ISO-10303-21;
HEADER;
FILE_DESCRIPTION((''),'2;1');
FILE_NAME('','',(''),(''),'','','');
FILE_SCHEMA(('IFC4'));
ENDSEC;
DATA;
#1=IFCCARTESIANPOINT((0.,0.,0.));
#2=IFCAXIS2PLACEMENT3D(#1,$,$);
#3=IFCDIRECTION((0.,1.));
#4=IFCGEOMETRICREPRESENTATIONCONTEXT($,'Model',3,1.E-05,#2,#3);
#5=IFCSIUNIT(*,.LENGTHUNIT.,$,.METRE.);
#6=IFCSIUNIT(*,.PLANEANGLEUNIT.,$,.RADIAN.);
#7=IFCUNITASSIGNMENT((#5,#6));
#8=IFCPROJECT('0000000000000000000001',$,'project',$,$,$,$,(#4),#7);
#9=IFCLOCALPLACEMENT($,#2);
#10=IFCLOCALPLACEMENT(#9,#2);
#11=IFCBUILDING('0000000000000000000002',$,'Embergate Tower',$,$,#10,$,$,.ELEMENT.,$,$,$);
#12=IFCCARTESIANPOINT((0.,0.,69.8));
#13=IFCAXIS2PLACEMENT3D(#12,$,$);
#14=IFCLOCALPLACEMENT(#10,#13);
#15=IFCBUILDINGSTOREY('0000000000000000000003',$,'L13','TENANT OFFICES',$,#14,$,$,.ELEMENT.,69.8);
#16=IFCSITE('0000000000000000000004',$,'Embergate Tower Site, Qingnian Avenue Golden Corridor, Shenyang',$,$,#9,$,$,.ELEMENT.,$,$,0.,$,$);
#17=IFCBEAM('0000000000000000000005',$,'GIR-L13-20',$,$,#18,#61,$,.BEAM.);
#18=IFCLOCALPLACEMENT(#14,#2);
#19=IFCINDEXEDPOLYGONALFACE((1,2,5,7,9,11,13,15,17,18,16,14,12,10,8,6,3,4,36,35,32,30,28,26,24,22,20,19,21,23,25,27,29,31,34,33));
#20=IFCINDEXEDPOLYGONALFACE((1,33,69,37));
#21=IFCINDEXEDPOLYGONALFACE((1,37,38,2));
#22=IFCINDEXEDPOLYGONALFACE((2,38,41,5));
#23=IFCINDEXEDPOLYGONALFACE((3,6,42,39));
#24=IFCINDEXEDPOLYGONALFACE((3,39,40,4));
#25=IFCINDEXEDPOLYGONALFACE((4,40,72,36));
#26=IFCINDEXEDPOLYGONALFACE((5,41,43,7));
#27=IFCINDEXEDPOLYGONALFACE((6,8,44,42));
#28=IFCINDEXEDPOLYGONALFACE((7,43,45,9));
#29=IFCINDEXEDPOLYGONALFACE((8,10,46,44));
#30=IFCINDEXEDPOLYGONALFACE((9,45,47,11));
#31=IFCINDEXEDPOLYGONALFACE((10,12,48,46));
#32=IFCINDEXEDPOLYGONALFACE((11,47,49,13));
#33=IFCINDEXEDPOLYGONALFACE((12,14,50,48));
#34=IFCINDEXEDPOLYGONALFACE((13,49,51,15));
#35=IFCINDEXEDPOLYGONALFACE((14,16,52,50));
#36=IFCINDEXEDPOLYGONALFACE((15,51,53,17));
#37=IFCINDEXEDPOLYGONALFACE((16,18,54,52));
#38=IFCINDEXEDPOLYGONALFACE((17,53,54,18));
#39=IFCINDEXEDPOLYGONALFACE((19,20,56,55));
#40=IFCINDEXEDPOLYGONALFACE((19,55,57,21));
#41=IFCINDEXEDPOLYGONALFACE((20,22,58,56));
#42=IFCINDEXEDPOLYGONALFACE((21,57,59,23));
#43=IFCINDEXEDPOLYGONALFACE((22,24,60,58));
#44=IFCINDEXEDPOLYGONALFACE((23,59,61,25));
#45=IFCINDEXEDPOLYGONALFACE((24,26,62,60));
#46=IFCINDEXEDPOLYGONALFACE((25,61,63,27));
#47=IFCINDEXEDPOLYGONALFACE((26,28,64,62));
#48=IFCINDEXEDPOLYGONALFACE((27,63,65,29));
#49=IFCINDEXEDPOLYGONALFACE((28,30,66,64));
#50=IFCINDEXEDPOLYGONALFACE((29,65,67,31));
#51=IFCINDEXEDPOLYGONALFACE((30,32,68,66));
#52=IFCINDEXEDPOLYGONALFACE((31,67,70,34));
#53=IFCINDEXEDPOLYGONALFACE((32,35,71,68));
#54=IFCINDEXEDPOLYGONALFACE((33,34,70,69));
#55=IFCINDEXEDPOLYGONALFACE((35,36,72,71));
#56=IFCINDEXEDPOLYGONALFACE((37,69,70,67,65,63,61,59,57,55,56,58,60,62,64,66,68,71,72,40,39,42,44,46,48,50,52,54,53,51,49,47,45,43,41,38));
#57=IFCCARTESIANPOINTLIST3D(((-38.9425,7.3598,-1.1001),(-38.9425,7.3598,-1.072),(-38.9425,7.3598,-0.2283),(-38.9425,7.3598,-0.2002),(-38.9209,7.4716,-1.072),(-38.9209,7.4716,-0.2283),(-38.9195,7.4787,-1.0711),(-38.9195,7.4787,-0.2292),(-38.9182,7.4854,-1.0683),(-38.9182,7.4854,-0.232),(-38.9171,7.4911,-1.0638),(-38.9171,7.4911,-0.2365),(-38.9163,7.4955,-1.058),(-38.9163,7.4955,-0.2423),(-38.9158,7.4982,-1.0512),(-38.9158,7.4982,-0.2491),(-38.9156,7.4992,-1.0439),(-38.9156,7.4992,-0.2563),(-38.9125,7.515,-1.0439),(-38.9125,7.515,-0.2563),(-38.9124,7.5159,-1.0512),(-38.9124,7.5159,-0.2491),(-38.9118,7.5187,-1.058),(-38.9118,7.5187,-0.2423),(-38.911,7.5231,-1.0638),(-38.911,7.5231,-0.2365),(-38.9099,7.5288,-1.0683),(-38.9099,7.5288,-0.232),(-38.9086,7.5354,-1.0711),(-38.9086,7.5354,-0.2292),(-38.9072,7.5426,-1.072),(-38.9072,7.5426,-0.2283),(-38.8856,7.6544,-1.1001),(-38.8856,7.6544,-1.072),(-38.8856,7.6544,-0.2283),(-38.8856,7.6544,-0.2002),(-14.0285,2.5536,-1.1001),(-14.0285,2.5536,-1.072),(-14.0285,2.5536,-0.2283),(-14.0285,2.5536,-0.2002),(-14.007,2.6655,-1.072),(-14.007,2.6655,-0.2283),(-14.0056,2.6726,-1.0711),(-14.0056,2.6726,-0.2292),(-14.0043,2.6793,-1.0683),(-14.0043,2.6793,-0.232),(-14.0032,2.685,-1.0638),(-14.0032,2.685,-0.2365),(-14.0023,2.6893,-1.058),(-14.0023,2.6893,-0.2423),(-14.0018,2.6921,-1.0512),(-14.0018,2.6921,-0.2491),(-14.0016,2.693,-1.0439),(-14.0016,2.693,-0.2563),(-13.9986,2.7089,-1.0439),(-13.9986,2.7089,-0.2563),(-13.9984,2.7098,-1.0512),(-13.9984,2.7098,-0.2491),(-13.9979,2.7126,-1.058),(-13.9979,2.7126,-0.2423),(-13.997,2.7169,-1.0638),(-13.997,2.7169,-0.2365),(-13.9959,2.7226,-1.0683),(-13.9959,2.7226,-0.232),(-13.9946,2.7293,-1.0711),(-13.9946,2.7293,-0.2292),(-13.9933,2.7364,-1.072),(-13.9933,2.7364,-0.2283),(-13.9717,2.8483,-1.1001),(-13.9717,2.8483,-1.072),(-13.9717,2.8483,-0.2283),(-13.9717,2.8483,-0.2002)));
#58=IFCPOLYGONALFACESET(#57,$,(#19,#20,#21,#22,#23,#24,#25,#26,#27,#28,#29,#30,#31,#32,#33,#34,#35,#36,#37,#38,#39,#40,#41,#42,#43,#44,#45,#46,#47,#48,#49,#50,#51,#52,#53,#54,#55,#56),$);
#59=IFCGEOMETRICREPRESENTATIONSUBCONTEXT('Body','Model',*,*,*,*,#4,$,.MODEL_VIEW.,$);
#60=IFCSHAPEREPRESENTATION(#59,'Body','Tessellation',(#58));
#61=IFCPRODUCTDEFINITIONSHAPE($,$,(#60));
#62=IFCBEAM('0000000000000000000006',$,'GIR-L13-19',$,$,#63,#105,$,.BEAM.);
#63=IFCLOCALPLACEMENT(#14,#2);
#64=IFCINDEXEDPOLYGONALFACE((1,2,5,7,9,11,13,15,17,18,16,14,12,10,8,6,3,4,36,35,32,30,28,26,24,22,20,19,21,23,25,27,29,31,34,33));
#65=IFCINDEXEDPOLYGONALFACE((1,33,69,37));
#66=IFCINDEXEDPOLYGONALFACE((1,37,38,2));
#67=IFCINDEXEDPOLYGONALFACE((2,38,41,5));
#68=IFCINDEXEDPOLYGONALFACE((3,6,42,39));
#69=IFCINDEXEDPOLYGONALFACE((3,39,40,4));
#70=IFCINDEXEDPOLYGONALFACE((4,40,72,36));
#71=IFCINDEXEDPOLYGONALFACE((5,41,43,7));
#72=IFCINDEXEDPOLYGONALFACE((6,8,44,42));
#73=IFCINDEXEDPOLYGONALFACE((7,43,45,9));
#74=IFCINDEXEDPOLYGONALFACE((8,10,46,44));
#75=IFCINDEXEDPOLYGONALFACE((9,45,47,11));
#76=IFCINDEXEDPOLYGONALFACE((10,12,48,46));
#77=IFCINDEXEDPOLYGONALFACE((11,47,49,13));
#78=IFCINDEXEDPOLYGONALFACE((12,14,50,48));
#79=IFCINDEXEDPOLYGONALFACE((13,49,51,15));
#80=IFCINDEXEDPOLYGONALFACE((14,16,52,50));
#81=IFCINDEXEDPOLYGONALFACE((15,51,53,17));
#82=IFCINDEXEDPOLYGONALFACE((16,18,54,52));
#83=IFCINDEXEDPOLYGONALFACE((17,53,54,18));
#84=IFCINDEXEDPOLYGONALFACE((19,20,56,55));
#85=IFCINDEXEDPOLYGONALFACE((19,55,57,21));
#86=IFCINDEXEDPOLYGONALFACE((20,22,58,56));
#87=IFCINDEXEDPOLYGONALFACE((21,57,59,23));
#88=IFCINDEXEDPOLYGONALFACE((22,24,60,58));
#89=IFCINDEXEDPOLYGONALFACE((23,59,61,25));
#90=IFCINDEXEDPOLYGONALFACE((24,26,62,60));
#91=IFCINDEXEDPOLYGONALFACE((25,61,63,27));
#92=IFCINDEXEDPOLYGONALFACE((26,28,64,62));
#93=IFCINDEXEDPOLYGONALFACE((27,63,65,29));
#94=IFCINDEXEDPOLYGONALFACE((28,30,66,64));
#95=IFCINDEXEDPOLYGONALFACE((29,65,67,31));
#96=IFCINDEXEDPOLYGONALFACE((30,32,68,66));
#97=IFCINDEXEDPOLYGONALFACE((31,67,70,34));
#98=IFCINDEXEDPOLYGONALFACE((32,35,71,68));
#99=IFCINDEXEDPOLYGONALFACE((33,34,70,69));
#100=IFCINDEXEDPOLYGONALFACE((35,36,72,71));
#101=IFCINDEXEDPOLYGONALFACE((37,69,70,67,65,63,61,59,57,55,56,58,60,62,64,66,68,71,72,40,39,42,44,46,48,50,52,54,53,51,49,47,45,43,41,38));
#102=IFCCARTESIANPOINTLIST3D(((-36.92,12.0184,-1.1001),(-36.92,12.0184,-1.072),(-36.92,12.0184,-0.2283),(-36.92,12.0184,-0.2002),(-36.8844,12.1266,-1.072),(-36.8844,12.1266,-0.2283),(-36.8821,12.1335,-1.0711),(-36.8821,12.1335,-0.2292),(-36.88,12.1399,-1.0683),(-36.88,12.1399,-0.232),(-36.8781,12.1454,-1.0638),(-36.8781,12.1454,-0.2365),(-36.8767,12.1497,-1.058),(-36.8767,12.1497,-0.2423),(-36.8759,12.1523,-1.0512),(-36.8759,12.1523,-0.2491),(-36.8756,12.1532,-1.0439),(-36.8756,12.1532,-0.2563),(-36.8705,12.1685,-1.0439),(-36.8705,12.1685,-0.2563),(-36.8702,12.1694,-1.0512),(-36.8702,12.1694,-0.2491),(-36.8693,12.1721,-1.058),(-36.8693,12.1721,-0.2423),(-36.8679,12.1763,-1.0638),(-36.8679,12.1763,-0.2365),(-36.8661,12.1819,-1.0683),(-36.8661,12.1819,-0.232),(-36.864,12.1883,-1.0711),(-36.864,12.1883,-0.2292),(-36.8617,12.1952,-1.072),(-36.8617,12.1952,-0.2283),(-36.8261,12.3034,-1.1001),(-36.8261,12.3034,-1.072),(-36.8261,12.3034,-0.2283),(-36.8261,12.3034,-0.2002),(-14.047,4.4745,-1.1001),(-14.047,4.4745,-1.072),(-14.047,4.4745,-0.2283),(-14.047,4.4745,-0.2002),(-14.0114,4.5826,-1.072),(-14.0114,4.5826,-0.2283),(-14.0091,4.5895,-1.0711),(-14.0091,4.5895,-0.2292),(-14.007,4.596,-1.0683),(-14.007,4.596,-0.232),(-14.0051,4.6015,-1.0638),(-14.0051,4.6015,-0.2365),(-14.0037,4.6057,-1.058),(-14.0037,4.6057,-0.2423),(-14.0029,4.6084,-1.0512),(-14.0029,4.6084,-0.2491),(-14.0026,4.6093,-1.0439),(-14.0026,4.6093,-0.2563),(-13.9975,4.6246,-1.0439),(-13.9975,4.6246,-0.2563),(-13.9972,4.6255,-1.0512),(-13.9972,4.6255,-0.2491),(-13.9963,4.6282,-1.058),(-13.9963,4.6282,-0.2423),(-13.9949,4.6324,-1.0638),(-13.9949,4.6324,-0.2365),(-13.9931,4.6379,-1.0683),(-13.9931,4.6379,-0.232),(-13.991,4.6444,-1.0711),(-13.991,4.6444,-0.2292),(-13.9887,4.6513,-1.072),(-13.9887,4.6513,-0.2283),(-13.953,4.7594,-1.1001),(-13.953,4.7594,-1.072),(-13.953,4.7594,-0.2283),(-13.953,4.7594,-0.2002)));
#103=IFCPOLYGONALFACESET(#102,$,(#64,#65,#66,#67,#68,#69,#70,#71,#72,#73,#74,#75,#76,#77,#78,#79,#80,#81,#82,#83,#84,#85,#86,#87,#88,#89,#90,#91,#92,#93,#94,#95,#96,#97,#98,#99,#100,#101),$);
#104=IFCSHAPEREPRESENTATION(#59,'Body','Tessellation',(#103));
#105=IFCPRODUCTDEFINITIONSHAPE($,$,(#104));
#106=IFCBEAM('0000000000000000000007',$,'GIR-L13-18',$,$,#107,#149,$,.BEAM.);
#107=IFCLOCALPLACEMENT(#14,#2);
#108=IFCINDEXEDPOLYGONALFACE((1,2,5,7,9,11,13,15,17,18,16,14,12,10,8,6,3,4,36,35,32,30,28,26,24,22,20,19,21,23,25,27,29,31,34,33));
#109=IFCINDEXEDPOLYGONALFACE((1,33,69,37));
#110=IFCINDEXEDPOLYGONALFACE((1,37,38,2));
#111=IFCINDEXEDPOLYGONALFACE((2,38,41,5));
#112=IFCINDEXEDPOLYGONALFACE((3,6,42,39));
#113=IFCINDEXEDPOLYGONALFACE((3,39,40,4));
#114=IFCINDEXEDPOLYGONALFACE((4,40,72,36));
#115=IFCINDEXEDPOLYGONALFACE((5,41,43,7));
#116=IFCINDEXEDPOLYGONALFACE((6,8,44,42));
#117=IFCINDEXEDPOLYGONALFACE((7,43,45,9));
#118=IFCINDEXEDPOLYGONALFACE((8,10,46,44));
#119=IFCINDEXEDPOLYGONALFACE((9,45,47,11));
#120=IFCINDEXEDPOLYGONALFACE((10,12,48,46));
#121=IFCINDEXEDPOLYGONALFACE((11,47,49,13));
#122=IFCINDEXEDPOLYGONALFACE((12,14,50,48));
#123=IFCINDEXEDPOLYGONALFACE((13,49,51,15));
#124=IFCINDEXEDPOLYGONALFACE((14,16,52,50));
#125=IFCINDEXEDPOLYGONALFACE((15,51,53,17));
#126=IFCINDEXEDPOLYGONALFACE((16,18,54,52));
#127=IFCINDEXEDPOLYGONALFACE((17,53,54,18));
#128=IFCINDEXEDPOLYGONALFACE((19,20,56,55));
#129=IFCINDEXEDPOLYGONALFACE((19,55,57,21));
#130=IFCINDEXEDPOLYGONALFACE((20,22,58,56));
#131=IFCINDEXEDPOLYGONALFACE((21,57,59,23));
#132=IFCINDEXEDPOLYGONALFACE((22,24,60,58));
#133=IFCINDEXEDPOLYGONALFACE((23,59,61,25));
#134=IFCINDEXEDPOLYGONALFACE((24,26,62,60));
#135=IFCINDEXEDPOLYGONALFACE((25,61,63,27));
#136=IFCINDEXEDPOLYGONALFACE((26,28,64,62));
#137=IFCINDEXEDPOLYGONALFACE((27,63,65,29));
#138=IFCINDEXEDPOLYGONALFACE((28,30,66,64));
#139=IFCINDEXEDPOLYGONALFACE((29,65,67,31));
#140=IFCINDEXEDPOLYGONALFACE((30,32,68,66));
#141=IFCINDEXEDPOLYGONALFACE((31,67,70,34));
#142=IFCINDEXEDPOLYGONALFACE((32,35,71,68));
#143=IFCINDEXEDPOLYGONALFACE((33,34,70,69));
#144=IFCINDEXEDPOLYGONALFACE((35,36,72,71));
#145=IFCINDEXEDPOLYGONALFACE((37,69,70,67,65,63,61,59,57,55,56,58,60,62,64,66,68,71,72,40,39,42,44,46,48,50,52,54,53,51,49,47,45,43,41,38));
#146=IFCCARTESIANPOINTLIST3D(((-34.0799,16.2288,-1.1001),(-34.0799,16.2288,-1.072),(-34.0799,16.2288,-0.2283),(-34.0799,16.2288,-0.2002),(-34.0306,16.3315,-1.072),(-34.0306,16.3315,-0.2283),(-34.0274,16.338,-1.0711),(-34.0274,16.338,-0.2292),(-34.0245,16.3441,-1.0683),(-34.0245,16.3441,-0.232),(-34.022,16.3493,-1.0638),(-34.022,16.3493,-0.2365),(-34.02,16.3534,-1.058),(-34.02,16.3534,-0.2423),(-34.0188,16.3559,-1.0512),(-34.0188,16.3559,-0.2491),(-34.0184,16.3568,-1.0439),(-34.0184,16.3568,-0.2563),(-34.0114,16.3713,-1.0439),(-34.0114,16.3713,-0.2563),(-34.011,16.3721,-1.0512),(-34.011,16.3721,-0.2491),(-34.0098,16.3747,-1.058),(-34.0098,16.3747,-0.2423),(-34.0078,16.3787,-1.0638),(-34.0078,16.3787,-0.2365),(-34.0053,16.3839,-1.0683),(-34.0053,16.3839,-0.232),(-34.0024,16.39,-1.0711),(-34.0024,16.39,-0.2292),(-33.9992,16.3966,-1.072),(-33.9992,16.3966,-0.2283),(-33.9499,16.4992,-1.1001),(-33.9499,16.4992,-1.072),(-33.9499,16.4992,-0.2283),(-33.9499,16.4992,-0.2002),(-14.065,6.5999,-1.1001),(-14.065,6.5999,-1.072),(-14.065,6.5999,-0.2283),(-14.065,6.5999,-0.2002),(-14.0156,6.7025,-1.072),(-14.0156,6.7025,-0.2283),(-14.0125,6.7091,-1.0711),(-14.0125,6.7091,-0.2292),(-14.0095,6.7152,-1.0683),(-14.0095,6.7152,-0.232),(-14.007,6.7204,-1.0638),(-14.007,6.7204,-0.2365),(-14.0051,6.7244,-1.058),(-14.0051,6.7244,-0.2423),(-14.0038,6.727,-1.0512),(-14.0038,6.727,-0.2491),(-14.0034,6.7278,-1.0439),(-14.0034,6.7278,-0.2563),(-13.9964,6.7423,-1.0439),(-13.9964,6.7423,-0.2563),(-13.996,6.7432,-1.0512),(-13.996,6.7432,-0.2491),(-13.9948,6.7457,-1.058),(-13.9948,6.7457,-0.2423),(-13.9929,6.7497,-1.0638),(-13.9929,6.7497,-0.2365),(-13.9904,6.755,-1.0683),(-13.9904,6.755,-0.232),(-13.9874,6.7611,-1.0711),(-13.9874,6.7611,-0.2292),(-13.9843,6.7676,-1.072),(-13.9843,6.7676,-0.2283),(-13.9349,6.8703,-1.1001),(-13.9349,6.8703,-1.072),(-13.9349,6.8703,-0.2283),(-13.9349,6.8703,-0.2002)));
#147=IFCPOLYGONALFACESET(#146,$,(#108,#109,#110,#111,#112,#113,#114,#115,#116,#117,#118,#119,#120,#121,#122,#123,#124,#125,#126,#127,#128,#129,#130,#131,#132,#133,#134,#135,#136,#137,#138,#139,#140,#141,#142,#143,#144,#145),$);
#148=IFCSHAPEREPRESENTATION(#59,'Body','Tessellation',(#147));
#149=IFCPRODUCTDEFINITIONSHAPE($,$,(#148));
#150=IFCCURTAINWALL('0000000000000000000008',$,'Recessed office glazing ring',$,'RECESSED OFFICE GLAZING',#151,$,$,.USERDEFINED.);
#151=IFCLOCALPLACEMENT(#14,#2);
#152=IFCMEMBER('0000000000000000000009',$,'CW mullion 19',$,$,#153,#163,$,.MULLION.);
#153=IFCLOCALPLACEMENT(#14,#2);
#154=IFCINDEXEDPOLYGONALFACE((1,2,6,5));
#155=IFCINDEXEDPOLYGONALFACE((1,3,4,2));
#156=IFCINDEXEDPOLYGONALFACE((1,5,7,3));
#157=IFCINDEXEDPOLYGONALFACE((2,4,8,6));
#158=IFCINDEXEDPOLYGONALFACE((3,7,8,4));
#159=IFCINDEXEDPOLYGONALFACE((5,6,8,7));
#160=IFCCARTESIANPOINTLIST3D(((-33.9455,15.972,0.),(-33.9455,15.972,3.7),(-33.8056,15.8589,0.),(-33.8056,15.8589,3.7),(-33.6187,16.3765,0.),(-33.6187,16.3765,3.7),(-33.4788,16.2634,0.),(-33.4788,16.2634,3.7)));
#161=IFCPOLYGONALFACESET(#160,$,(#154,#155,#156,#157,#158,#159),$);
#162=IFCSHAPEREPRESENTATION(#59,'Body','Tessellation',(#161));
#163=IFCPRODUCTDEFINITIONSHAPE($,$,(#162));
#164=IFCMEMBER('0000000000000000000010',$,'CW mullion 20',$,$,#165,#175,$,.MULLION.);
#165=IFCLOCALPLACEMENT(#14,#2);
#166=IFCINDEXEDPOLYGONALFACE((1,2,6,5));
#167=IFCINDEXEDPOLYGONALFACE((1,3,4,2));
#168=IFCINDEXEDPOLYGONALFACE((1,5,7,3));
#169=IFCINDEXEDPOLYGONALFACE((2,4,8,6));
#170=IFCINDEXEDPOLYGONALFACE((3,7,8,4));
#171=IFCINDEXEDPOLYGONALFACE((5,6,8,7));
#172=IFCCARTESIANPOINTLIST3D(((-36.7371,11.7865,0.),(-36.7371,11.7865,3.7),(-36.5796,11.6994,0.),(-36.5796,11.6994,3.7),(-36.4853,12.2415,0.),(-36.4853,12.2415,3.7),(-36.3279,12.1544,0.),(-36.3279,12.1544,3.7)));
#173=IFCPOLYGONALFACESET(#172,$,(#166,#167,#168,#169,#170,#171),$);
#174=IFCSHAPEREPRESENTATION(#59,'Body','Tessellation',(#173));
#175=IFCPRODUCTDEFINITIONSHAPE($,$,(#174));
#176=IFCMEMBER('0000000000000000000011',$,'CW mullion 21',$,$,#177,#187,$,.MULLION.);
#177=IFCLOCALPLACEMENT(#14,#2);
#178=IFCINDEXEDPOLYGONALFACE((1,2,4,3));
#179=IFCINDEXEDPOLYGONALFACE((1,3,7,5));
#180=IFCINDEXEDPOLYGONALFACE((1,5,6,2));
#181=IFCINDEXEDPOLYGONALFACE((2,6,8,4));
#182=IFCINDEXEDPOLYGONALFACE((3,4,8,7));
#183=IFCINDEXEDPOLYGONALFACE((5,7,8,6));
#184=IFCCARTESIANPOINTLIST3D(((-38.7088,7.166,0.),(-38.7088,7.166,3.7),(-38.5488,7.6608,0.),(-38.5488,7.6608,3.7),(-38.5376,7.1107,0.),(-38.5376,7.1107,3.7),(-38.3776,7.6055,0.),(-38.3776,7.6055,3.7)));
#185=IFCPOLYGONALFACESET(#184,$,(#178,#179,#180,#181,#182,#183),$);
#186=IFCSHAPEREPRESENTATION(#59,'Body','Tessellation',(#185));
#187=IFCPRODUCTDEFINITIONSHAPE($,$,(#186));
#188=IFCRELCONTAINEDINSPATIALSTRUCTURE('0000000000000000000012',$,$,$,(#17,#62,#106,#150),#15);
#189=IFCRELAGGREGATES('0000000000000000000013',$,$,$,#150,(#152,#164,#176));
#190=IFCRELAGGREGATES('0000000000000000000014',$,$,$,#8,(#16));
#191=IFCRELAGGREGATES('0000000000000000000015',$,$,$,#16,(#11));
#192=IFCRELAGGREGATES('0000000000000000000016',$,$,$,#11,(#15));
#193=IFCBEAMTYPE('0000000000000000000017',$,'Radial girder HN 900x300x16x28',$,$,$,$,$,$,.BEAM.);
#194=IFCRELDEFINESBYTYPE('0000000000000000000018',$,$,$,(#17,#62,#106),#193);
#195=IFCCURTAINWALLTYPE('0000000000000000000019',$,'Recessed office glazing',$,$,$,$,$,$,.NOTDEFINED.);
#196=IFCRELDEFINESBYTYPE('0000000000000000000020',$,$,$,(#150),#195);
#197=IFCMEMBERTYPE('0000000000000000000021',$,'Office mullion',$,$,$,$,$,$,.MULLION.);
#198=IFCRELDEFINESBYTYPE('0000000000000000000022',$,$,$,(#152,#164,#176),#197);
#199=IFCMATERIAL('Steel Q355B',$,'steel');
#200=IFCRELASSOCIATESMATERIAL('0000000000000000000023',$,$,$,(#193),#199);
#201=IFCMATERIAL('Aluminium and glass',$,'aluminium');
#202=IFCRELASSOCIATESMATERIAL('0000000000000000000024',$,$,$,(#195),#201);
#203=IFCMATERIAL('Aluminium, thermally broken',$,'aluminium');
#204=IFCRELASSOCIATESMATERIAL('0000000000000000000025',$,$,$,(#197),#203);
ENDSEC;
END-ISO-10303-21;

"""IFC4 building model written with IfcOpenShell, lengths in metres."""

from ifc_helpers import new_model, si_unit, direction, frame, origin, origin_2d, place, context, subcontext, project, spatial, rectangle, i_section, extrude, source, transform, mapped, material, material_profile, profile_set, type_object, element, aggregate, save


model = new_model("IFC4")

# Units and contexts
model_context = context("Model", 3, precision=1e-05, world=origin(), true_north=direction((0.0, 1.0)))
body_context = subcontext(model_context, "Body", "Model", "MODEL_VIEW")
ifc_project = project(units=[si_unit("LENGTHUNIT", "METRE"), si_unit("PLANEANGLEUNIT", "RADIAN")], contexts=[model_context])

# Site, building, storey
site_placement = place(None, origin())
site = spatial("IfcSite", under=ifc_project, at=site_placement, Name="Embergate Tower Site, Qingnian Avenue Golden Corridor, Shenyang", CompositionType="ELEMENT", RefElevation=0.0)
building_placement = place(site_placement, origin())
building = spatial("IfcBuilding", under=site, at=building_placement, Name="Embergate Tower", CompositionType="ELEMENT")
storey_placement = place(building_placement, frame((0.0, 0.0, 69.8)))
storey = spatial("IfcBuildingStorey", under=building, at=storey_placement, Name="L13", Description="TENANT OFFICES", CompositionType="ELEMENT", Elevation=69.8)

# Beams
ifc_material_1 = material(Name="Steel Q355B", Category="steel")
ifc_material_profile_1 = material_profile(ifc_material_1, i_section(OverallWidth=0.3, OverallDepth=0.8999, WebThickness=0.0161, FlangeThickness=0.0281, FilletRadius=0.0281, at=origin_2d()), Name="HN 900x300x16x28")
ifc_profile_set_1 = profile_set([ifc_material_profile_1], Name="Steel Q355 grade B")
beam_type_1 = type_object("IfcBeamType", Name="Radial girder HN 900x300x16x28", PredefinedType="BEAM", material=ifc_profile_set_1)
shared_shape_1 = source(origin(), body_context, "Body", "SweptSolid", [
    extrude(i_section(OverallWidth=0.3, OverallDepth=0.8999, WebThickness=0.0161, FlangeThickness=0.0281, FilletRadius=0.0281, at=origin_2d()), origin(), (0.0, 0.0, 1.0), 25.3733),
])
beam_1_placement = place(storey_placement, frame((-38.9141, 7.5071, -0.6501), z_axis=(0.981897, -0.189417, 0.0), x_axis=(0.189417, 0.981897, 0.0)))
element("IfcBeam", 1, at=beam_1_placement, inside=storey, type_object=beam_type_1, Name="GIR-L13-20", PredefinedType="BEAM", context=body_context, shape_type="MappedRepresentation", body=[
    mapped(shared_shape_1, transform((0.0, 0.0, 0.0))),
])
shared_shape_2 = source(origin(), body_context, "Body", "SweptSolid", [
    extrude(i_section(OverallWidth=0.3, OverallDepth=0.8999, WebThickness=0.0161, FlangeThickness=0.0281, FilletRadius=0.0281, at=origin_2d()), origin(), (0.0, 0.0, 1.0), 24.085),
])
beam_2_placement = place(storey_placement, frame((-36.873, 12.1609, -0.6501), z_axis=(0.94968, -0.313222, 0.0), x_axis=(0.313222, 0.94968, 0.0)))
element("IfcBeam", 2, at=beam_2_placement, inside=storey, type_object=beam_type_1, Name="GIR-L13-19", PredefinedType="BEAM", context=body_context, shape_type="MappedRepresentation", body=[
    mapped(shared_shape_2, transform((0.0, 0.0, 0.0))),
])
shared_shape_3 = source(origin(), body_context, "Body", "SweptSolid", [
    extrude(i_section(OverallWidth=0.3, OverallDepth=0.8999, WebThickness=0.0161, FlangeThickness=0.0281, FilletRadius=0.0281, at=origin_2d()), origin(), (0.0, 0.0, 1.0), 22.2107),
])
beam_3_placement = place(storey_placement, frame((-34.0149, 16.364, -0.6501), z_axis=(0.901141, -0.433527, 0.0), x_axis=(0.433527, 0.901141, 0.0)))
element("IfcBeam", 3, at=beam_3_placement, inside=storey, type_object=beam_type_1, Name="GIR-L13-18", PredefinedType="BEAM", context=body_context, shape_type="MappedRepresentation", body=[
    mapped(shared_shape_3, transform((0.0, 0.0, 0.0))),
])

# Curtain wall, members
ifc_material_2 = material(Name="Aluminium and glass", Category="aluminium")
curtain_wall_type = type_object("IfcCurtainWallType", Name="Recessed office glazing", PredefinedType="NOTDEFINED", material=ifc_material_2)
curtain_wall_placement = place(storey_placement, origin())
curtain_wall = element("IfcCurtainWall", 4, at=curtain_wall_placement, inside=storey, type_object=curtain_wall_type, Name="Recessed office glazing ring", ObjectType="RECESSED OFFICE GLAZING", PredefinedType="USERDEFINED")
ifc_material_3 = material(Name="Aluminium, thermally broken", Category="aluminium")
ifc_material_profile_2 = material_profile(ifc_material_3, rectangle(XDim=0.1799, YDim=0.52, at=origin_2d()), Name="AL 520x180")
ifc_profile_set_2 = profile_set([ifc_material_profile_2], Name="Aluminium, thermally broken")
member_type_1 = type_object("IfcMemberType", Name="Office mullion", PredefinedType="MULLION", material=ifc_profile_set_2)
shared_shape_4 = source(origin(), body_context, "Body", "SweptSolid", [
    extrude(rectangle(XDim=0.1799, YDim=0.52, at=origin_2d()), origin(), (0.0, 0.0, 1.0), 3.7),
])
member_1_placement = place(storey_placement, frame((-33.7122, 16.1177, 0.0), z_axis=(0.0, 0.0, 1.0), x_axis=(0.77788, -0.628413, 0.0)))
member_1 = element("IfcMember", 5, at=member_1_placement, type_object=member_type_1, Name="CW mullion 19", PredefinedType="MULLION", context=body_context, shape_type="MappedRepresentation", body=[
    mapped(shared_shape_4, transform((0.0, 0.0, 0.0))),
])
member_2_placement = place(storey_placement, frame((-36.5325, 11.9705, 0.0), z_axis=(0.0, 0.0, 1.0), x_axis=(0.875008, -0.484109, 0.0)))
member_2 = element("IfcMember", 6, at=member_2_placement, type_object=member_type_1, Name="CW mullion 20", PredefinedType="MULLION", context=body_context, shape_type="MappedRepresentation", body=[
    mapped(shared_shape_4, transform((0.0, 0.0, 0.0))),
])
member_3_placement = place(storey_placement, frame((-38.5432, 7.3857, 0.0), z_axis=(0.0, 0.0, 1.0), x_axis=(0.951501, -0.307646, 0.0)))
member_3 = element("IfcMember", 7, at=member_3_placement, type_object=member_type_1, Name="CW mullion 21", PredefinedType="MULLION", context=body_context, shape_type="MappedRepresentation", body=[
    mapped(shared_shape_4, transform((0.0, 0.0, 0.0))),
])
aggregate(curtain_wall, [member_1, member_2, member_3])

save(model, "model.ifc")
